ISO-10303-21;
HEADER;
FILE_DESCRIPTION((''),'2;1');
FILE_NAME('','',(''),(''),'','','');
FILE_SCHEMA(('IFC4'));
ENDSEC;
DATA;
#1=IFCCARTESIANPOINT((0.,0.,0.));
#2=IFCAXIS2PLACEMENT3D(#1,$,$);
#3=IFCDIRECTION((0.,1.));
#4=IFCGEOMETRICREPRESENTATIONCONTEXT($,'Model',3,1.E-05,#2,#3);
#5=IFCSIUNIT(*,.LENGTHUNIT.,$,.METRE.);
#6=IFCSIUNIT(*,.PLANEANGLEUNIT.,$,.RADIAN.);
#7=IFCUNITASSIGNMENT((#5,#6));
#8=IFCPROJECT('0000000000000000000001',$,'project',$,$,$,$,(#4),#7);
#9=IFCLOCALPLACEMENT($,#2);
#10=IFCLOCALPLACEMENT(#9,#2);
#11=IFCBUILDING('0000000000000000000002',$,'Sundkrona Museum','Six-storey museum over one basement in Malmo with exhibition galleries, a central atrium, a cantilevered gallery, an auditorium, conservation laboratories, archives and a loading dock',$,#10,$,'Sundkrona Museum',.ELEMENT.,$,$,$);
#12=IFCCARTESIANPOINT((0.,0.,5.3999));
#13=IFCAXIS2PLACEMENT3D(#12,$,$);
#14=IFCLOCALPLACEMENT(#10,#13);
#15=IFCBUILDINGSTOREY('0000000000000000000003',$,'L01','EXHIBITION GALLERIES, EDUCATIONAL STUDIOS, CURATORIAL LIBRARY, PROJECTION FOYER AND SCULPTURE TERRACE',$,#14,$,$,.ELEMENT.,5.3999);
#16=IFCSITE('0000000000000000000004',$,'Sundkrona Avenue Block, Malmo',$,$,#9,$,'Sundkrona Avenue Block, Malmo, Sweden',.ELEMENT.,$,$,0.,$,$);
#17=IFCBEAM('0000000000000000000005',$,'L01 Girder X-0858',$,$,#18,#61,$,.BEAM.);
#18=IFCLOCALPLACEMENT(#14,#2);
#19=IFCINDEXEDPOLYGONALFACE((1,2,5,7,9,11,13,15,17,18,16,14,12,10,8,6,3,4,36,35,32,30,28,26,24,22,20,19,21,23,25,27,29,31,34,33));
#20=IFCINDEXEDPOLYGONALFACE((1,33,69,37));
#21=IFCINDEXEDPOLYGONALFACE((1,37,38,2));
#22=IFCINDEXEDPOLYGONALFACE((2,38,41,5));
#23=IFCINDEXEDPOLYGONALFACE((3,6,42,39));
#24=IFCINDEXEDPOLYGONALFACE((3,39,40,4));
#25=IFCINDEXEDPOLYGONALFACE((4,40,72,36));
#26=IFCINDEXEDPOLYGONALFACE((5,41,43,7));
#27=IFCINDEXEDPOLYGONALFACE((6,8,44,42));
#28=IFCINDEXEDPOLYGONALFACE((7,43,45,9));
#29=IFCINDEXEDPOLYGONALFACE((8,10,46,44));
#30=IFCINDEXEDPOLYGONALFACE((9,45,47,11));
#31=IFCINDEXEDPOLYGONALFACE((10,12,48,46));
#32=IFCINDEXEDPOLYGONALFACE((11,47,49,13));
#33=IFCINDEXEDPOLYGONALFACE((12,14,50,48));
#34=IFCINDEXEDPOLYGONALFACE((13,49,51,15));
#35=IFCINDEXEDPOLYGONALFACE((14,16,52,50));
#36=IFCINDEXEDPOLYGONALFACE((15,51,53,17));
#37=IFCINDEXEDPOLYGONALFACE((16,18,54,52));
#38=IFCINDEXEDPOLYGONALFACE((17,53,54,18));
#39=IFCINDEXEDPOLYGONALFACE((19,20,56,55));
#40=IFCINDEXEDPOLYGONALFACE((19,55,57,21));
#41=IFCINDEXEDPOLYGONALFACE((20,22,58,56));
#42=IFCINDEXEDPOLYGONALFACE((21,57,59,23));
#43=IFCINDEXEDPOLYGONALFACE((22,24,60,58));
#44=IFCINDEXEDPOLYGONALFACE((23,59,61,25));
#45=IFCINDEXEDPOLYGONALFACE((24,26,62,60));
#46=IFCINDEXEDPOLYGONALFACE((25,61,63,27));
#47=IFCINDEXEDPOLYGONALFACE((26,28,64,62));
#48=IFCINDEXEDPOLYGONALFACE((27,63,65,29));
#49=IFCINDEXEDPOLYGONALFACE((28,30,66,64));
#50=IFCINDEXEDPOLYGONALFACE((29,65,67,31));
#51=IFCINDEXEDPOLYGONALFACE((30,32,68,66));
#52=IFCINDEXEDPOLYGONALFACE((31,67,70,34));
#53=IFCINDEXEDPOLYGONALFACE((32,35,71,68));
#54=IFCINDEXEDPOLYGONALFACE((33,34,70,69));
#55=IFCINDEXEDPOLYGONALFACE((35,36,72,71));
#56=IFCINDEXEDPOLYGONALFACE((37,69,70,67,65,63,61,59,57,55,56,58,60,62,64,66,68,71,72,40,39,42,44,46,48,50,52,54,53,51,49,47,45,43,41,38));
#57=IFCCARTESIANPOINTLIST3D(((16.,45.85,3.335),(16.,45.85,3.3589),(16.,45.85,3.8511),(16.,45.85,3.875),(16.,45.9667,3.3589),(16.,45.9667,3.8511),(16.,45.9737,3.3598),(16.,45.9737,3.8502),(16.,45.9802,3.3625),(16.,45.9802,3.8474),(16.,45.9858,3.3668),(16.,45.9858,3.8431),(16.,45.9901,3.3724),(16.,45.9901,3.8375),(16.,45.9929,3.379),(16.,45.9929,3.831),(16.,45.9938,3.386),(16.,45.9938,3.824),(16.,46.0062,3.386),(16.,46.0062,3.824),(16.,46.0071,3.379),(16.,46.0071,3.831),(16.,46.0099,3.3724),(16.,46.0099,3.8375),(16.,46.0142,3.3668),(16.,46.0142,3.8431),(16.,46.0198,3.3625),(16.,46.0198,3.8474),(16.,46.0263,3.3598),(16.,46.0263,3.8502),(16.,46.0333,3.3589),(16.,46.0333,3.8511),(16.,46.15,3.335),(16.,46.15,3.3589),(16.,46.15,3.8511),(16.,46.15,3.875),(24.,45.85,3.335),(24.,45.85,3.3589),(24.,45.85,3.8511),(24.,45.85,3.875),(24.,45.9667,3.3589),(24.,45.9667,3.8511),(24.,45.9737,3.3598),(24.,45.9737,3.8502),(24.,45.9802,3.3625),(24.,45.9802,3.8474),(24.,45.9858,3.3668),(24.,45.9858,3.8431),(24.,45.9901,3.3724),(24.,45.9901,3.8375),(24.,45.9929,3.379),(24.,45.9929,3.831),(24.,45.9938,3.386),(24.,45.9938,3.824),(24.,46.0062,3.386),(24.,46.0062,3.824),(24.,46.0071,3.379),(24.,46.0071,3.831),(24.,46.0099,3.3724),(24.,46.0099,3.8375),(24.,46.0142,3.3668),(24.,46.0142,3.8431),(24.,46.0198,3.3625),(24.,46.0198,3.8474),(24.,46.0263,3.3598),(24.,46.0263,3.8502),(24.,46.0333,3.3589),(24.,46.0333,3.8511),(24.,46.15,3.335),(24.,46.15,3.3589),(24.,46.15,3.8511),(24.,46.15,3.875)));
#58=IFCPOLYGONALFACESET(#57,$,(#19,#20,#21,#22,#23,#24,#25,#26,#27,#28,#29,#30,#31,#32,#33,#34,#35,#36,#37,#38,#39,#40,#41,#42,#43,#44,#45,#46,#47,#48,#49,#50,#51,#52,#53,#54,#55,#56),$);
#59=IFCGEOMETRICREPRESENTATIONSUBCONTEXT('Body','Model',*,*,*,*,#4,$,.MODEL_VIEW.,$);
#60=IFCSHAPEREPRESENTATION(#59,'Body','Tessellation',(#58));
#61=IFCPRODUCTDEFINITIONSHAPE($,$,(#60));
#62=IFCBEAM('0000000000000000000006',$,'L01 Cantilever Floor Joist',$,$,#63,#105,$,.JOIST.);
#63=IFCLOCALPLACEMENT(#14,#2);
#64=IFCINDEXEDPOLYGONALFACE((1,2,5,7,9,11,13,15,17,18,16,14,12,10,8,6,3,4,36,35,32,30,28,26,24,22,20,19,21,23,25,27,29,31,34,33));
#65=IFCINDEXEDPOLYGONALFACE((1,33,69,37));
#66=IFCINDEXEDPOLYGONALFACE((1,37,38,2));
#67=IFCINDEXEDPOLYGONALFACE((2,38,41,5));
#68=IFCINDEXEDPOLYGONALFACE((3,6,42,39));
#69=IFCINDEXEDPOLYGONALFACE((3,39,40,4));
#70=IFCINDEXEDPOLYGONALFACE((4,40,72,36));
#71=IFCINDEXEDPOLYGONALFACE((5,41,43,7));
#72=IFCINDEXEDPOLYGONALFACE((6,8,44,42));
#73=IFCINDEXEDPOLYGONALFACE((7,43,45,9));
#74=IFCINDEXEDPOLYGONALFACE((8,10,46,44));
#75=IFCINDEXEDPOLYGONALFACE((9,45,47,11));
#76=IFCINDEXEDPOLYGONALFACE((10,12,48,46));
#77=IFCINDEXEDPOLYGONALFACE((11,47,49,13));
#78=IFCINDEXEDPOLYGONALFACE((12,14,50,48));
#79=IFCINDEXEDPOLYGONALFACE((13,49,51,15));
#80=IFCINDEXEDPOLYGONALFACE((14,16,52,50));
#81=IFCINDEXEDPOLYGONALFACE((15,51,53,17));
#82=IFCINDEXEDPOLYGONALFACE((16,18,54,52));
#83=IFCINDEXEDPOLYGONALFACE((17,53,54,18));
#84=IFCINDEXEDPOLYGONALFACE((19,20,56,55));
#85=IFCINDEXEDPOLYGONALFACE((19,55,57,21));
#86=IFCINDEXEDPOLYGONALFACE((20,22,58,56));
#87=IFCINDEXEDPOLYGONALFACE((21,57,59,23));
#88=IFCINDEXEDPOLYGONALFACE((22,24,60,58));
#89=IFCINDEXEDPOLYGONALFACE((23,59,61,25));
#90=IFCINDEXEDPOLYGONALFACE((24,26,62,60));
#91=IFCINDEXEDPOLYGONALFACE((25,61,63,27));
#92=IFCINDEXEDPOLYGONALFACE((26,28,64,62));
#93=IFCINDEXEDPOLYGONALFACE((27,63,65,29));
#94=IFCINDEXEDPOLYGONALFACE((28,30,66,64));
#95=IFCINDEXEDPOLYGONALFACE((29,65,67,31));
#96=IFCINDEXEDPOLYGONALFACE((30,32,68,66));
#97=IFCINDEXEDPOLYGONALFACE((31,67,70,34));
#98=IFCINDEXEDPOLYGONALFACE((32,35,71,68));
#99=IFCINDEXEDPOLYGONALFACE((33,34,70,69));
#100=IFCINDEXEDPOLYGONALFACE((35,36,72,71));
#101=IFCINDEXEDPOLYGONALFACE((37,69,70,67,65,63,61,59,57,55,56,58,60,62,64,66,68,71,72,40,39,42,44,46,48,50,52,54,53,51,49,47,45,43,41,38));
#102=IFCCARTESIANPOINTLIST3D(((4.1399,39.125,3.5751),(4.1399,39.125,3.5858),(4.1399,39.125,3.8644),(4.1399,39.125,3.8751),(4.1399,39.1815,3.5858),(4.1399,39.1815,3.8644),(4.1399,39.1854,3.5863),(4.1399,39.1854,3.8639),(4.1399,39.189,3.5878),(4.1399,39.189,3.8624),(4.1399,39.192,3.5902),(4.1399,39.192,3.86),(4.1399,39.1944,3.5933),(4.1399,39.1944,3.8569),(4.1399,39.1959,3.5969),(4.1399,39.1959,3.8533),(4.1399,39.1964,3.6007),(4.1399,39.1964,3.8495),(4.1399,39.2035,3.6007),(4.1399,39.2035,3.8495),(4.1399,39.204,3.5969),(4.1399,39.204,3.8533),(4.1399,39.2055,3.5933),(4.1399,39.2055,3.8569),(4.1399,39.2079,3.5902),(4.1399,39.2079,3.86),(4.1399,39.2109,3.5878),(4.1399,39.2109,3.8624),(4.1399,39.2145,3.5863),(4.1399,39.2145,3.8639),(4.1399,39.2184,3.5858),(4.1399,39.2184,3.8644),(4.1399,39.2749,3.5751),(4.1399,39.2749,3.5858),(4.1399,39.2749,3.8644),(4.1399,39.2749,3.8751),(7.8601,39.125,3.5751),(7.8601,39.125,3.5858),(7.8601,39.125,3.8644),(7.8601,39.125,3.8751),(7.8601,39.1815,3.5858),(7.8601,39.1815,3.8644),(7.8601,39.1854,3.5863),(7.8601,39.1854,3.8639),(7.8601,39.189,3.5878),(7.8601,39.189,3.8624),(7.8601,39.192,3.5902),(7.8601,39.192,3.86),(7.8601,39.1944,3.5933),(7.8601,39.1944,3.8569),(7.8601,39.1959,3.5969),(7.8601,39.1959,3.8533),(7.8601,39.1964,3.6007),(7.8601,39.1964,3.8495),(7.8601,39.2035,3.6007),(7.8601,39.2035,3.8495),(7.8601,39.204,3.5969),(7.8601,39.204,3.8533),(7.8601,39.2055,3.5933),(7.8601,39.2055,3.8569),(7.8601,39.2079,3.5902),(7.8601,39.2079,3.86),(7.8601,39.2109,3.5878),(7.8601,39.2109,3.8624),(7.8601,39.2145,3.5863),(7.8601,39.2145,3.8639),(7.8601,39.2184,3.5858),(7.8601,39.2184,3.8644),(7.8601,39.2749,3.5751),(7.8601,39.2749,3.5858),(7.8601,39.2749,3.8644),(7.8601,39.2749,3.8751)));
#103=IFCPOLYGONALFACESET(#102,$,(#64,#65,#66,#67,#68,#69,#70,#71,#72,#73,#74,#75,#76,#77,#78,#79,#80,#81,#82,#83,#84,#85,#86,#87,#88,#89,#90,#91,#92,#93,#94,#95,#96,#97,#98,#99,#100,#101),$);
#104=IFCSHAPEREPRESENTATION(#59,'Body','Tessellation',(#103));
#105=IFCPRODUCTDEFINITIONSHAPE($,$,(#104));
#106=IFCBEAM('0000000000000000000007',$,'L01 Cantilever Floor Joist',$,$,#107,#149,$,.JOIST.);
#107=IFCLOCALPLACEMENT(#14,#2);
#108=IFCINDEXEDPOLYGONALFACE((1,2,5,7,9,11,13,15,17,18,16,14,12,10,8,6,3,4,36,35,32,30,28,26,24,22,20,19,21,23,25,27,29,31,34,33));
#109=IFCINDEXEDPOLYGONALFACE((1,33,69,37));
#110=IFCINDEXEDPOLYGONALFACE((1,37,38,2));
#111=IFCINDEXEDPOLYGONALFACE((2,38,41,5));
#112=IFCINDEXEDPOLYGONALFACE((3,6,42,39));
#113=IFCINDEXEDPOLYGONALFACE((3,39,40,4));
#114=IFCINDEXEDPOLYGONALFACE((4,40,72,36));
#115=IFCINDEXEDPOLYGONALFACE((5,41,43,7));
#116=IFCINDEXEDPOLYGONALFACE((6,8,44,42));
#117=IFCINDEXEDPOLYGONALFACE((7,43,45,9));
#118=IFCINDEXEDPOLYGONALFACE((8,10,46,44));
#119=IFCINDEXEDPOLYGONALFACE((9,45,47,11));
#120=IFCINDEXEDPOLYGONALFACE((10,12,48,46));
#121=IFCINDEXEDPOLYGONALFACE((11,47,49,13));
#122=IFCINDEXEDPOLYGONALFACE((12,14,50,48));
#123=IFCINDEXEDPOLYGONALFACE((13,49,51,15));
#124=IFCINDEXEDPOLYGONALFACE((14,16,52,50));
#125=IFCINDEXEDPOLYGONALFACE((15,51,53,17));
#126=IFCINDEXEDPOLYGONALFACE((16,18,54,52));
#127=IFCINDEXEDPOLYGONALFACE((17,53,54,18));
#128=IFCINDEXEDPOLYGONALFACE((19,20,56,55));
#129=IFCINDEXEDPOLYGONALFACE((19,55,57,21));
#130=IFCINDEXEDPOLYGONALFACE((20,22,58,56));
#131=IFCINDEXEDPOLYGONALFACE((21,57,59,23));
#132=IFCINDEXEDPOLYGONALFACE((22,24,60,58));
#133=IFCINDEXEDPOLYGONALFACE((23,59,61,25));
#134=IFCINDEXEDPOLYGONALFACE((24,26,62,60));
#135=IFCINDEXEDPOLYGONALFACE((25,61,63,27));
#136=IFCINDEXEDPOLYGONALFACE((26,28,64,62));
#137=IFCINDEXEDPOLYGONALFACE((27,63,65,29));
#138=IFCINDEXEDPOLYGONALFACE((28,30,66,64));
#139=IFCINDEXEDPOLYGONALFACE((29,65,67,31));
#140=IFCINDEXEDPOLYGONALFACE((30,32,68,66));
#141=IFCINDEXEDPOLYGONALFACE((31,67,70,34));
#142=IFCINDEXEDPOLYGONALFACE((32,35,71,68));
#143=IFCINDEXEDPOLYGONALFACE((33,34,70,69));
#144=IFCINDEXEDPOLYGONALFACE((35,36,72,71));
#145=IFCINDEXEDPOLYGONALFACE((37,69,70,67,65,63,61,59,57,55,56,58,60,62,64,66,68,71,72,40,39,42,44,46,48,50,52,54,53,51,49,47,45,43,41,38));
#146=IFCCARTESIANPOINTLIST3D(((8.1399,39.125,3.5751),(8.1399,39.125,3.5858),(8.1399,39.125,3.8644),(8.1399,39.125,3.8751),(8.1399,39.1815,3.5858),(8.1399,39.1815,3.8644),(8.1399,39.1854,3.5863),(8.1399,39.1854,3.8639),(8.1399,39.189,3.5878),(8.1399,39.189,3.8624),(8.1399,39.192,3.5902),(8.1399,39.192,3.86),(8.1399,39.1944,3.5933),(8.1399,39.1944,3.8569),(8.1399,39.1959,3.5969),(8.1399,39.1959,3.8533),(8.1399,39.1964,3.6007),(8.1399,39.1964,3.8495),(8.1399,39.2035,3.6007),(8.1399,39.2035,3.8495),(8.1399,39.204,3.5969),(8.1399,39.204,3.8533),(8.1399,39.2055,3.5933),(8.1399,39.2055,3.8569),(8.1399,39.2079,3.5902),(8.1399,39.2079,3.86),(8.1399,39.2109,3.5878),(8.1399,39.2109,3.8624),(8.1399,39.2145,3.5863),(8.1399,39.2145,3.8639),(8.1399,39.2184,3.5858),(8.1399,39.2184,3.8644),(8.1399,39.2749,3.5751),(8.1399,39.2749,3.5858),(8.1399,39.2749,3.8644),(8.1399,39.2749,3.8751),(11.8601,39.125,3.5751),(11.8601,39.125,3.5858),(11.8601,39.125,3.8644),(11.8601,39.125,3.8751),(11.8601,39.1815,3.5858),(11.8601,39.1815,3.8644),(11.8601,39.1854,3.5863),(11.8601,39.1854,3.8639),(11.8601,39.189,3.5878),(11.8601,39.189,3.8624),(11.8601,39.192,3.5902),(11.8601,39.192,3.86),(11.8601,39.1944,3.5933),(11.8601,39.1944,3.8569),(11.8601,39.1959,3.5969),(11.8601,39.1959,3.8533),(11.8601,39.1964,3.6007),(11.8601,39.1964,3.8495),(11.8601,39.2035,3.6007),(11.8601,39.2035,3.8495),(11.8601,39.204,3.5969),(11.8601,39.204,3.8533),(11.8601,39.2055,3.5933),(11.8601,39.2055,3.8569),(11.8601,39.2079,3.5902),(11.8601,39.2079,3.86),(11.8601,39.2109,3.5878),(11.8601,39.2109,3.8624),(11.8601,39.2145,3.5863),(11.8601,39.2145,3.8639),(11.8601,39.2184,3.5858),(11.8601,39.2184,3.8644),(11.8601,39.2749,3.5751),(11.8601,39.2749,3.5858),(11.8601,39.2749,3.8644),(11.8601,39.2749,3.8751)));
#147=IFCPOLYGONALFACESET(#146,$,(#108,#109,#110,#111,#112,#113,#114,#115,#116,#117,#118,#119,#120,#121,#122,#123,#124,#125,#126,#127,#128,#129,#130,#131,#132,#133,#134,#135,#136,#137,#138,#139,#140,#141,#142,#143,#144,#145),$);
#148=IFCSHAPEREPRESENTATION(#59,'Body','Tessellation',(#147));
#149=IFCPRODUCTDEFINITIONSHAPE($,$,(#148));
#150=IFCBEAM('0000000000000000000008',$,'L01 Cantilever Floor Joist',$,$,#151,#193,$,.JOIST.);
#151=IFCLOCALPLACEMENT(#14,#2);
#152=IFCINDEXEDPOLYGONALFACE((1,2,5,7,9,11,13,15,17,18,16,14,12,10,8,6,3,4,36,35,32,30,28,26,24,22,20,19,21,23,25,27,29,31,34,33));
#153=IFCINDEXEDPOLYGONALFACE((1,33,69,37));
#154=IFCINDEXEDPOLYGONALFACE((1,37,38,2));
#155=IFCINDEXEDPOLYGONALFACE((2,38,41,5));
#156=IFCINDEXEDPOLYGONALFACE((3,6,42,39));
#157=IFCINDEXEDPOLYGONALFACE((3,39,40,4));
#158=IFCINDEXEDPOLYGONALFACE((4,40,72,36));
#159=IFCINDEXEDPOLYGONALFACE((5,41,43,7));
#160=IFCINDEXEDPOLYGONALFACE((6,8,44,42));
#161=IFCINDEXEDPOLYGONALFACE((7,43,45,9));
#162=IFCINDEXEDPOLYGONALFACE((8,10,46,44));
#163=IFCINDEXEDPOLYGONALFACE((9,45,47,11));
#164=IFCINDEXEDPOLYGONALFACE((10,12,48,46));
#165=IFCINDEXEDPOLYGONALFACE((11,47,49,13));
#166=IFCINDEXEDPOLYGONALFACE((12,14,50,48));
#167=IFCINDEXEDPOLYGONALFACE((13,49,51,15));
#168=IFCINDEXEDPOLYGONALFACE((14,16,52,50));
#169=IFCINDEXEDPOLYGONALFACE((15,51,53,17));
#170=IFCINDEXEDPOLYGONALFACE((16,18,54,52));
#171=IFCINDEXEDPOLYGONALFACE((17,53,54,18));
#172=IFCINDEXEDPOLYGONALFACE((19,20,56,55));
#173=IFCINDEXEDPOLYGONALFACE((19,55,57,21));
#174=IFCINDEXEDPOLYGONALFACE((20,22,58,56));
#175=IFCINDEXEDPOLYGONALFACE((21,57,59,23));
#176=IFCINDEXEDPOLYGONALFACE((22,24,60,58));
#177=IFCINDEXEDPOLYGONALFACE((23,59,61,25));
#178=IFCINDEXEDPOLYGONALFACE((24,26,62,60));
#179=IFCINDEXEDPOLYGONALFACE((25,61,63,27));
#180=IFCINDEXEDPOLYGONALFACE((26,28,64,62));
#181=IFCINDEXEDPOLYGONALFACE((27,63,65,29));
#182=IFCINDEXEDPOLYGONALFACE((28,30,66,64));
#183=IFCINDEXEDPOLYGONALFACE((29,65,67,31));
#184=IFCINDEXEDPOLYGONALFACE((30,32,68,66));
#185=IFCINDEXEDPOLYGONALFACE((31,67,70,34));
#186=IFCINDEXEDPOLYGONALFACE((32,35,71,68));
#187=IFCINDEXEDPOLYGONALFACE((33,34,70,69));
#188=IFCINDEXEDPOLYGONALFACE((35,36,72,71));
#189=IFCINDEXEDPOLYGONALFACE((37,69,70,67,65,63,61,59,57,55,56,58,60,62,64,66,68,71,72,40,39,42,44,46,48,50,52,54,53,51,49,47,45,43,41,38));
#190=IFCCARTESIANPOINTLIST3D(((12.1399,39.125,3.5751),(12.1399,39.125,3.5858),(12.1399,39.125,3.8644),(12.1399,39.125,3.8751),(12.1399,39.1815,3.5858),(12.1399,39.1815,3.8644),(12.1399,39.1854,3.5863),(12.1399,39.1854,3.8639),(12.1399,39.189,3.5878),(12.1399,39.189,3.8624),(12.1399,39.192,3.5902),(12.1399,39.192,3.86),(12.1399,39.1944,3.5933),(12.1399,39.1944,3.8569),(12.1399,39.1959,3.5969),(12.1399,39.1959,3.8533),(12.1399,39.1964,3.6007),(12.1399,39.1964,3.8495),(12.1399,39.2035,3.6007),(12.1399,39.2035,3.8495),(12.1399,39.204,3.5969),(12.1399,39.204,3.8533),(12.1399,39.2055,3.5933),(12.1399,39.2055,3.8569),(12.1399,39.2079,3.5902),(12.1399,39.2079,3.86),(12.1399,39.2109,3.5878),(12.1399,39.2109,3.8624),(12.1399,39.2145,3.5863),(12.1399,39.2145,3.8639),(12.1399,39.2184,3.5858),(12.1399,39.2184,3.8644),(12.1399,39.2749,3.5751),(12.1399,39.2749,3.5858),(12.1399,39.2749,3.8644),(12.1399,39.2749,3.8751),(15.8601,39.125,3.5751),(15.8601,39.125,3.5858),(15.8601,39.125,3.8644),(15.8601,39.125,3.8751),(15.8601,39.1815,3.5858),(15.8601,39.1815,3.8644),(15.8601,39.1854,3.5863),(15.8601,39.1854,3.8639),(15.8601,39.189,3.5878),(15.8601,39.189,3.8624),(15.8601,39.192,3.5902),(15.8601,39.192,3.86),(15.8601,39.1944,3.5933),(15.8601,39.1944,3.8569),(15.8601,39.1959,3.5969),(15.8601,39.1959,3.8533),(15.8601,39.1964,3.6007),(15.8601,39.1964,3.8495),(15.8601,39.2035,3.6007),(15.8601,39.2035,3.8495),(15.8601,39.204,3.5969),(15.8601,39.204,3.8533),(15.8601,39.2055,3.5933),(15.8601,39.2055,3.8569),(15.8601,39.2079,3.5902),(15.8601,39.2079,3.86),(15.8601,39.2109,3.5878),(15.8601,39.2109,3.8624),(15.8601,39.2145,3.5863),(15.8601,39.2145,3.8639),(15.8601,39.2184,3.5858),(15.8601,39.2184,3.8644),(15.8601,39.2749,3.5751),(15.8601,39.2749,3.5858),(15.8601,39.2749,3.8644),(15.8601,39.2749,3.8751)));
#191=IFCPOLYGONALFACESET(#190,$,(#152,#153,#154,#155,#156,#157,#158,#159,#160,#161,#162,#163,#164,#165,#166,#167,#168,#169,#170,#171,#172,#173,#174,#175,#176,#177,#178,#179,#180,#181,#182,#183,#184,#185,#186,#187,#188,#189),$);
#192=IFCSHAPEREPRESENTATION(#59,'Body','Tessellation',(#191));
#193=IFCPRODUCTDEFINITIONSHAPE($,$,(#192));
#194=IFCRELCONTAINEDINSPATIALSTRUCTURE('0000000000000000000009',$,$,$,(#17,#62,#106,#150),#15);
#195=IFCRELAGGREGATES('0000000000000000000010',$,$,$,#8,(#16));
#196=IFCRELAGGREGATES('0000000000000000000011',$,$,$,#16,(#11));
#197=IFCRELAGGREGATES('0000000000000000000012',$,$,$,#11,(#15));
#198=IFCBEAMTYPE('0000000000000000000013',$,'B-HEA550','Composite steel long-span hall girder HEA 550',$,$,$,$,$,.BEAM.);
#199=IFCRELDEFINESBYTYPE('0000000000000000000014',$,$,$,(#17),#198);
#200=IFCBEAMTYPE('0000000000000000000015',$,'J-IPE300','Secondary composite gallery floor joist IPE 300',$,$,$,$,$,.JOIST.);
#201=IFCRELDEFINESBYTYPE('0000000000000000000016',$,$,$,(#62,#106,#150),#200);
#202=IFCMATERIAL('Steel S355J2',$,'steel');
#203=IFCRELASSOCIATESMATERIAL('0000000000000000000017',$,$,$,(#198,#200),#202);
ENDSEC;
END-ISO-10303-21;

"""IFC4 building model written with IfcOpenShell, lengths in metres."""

from ifc_helpers import new_model, si_unit, direction, frame, origin, origin_2d, place, context, subcontext, project, spatial, i_section, extrude, material, material_profile, profile_set, type_object, element, save


model = new_model("IFC4")

# Units and contexts
model_context = context("Model", 3, precision=1e-05, world=origin(), true_north=direction((0.0, 1.0)))
body_context = subcontext(model_context, "Body", "Model", "MODEL_VIEW")
ifc_project = project(units=[si_unit("LENGTHUNIT", "METRE"), si_unit("PLANEANGLEUNIT", "RADIAN")], contexts=[model_context])

# Site, building, storey
site_placement = place(None, origin())
site = spatial("IfcSite", under=ifc_project, at=site_placement, Name="Sundkrona Avenue Block, Malmo", LongName="Sundkrona Avenue Block, Malmo, Sweden", CompositionType="ELEMENT", RefElevation=0.0)
building_placement = place(site_placement, origin())
building = spatial("IfcBuilding", under=site, at=building_placement, Name="Sundkrona Museum", Description="Six-storey museum over one basement in Malmo with exhibition galleries, a central atrium, a cantilevered gallery, an auditorium, conservation laboratories, archives and a loading dock", LongName="Sundkrona Museum", CompositionType="ELEMENT")
storey_placement = place(building_placement, frame((0.0, 0.0, 5.3999)))
storey = spatial("IfcBuildingStorey", under=building, at=storey_placement, Name="L01", Description="EXHIBITION GALLERIES, EDUCATIONAL STUDIOS, CURATORIAL LIBRARY, PROJECTION FOYER AND SCULPTURE TERRACE", CompositionType="ELEMENT", Elevation=5.3999)

# Shared definitions
ifc_material_1 = material(Name="Steel S355J2", Category="steel")

# Beams
ifc_material_profile_1 = material_profile(ifc_material_1, i_section(OverallWidth=0.3, OverallDepth=0.54, WebThickness=0.0125, FlangeThickness=0.0239, FilletRadius=0.0271, at=origin_2d()), Name="HEA 550")
ifc_profile_set_1 = profile_set([ifc_material_profile_1], Name="Steel S355J2")
beam_type_1 = type_object("IfcBeamType", Name="B-HEA550", Description="Composite steel long-span hall girder HEA 550", PredefinedType="BEAM", material=ifc_profile_set_1)
for number, where, z_axis, x_axis, name in (
    (1, (16.0, 46.0, 3.605), (1.0, 0.0, 0.0), (0.0, 1.0, 0.0), "L01 Girder X-0858"),
):
    element("IfcBeam", number, at=place(storey_placement, frame(where, z_axis=z_axis, x_axis=x_axis)), inside=storey, type_object=beam_type_1, Name=name, PredefinedType="BEAM", context=body_context, shape_type="SweptSolid", body=[
        extrude(i_section(OverallWidth=0.3, OverallDepth=0.54, WebThickness=0.0125, FlangeThickness=0.0239, FilletRadius=0.0271, at=origin_2d()), origin(), (0.0, 0.0, 1.0), 8.0),
    ])
ifc_material_profile_2 = material_profile(ifc_material_1, i_section(OverallWidth=0.1499, OverallDepth=0.3, WebThickness=0.0071, FlangeThickness=0.0107, FilletRadius=0.0149, at=origin_2d()), Name="IPE 300")
ifc_profile_set_2 = profile_set([ifc_material_profile_2], Name="Steel S355J2")
beam_type_2 = type_object("IfcBeamType", Name="J-IPE300", Description="Secondary composite gallery floor joist IPE 300", PredefinedType="JOIST", material=ifc_profile_set_2)
for number, where, z_axis, x_axis, name in (
    (2, (4.1399, 39.2, 3.7251), (1.0, 0.0, 0.0), (0.0, 1.0, 0.0), "L01 Cantilever Floor Joist"),
    (3, (8.1399, 39.2, 3.7251), (1.0, 0.0, 0.0), (0.0, 1.0, 0.0), "L01 Cantilever Floor Joist"),
    (4, (12.1399, 39.2, 3.7251), (1.0, 0.0, 0.0), (0.0, 1.0, 0.0), "L01 Cantilever Floor Joist"),
):
    element("IfcBeam", number, at=place(storey_placement, frame(where, z_axis=z_axis, x_axis=x_axis)), inside=storey, type_object=beam_type_2, Name=name, PredefinedType="JOIST", context=body_context, shape_type="SweptSolid", body=[
        extrude(i_section(OverallWidth=0.1499, OverallDepth=0.3, WebThickness=0.0071, FlangeThickness=0.0107, FilletRadius=0.0149, at=origin_2d()), origin(), (0.0, 0.0, 1.0), 3.7202),
    ])

save(model, "model.ifc")
